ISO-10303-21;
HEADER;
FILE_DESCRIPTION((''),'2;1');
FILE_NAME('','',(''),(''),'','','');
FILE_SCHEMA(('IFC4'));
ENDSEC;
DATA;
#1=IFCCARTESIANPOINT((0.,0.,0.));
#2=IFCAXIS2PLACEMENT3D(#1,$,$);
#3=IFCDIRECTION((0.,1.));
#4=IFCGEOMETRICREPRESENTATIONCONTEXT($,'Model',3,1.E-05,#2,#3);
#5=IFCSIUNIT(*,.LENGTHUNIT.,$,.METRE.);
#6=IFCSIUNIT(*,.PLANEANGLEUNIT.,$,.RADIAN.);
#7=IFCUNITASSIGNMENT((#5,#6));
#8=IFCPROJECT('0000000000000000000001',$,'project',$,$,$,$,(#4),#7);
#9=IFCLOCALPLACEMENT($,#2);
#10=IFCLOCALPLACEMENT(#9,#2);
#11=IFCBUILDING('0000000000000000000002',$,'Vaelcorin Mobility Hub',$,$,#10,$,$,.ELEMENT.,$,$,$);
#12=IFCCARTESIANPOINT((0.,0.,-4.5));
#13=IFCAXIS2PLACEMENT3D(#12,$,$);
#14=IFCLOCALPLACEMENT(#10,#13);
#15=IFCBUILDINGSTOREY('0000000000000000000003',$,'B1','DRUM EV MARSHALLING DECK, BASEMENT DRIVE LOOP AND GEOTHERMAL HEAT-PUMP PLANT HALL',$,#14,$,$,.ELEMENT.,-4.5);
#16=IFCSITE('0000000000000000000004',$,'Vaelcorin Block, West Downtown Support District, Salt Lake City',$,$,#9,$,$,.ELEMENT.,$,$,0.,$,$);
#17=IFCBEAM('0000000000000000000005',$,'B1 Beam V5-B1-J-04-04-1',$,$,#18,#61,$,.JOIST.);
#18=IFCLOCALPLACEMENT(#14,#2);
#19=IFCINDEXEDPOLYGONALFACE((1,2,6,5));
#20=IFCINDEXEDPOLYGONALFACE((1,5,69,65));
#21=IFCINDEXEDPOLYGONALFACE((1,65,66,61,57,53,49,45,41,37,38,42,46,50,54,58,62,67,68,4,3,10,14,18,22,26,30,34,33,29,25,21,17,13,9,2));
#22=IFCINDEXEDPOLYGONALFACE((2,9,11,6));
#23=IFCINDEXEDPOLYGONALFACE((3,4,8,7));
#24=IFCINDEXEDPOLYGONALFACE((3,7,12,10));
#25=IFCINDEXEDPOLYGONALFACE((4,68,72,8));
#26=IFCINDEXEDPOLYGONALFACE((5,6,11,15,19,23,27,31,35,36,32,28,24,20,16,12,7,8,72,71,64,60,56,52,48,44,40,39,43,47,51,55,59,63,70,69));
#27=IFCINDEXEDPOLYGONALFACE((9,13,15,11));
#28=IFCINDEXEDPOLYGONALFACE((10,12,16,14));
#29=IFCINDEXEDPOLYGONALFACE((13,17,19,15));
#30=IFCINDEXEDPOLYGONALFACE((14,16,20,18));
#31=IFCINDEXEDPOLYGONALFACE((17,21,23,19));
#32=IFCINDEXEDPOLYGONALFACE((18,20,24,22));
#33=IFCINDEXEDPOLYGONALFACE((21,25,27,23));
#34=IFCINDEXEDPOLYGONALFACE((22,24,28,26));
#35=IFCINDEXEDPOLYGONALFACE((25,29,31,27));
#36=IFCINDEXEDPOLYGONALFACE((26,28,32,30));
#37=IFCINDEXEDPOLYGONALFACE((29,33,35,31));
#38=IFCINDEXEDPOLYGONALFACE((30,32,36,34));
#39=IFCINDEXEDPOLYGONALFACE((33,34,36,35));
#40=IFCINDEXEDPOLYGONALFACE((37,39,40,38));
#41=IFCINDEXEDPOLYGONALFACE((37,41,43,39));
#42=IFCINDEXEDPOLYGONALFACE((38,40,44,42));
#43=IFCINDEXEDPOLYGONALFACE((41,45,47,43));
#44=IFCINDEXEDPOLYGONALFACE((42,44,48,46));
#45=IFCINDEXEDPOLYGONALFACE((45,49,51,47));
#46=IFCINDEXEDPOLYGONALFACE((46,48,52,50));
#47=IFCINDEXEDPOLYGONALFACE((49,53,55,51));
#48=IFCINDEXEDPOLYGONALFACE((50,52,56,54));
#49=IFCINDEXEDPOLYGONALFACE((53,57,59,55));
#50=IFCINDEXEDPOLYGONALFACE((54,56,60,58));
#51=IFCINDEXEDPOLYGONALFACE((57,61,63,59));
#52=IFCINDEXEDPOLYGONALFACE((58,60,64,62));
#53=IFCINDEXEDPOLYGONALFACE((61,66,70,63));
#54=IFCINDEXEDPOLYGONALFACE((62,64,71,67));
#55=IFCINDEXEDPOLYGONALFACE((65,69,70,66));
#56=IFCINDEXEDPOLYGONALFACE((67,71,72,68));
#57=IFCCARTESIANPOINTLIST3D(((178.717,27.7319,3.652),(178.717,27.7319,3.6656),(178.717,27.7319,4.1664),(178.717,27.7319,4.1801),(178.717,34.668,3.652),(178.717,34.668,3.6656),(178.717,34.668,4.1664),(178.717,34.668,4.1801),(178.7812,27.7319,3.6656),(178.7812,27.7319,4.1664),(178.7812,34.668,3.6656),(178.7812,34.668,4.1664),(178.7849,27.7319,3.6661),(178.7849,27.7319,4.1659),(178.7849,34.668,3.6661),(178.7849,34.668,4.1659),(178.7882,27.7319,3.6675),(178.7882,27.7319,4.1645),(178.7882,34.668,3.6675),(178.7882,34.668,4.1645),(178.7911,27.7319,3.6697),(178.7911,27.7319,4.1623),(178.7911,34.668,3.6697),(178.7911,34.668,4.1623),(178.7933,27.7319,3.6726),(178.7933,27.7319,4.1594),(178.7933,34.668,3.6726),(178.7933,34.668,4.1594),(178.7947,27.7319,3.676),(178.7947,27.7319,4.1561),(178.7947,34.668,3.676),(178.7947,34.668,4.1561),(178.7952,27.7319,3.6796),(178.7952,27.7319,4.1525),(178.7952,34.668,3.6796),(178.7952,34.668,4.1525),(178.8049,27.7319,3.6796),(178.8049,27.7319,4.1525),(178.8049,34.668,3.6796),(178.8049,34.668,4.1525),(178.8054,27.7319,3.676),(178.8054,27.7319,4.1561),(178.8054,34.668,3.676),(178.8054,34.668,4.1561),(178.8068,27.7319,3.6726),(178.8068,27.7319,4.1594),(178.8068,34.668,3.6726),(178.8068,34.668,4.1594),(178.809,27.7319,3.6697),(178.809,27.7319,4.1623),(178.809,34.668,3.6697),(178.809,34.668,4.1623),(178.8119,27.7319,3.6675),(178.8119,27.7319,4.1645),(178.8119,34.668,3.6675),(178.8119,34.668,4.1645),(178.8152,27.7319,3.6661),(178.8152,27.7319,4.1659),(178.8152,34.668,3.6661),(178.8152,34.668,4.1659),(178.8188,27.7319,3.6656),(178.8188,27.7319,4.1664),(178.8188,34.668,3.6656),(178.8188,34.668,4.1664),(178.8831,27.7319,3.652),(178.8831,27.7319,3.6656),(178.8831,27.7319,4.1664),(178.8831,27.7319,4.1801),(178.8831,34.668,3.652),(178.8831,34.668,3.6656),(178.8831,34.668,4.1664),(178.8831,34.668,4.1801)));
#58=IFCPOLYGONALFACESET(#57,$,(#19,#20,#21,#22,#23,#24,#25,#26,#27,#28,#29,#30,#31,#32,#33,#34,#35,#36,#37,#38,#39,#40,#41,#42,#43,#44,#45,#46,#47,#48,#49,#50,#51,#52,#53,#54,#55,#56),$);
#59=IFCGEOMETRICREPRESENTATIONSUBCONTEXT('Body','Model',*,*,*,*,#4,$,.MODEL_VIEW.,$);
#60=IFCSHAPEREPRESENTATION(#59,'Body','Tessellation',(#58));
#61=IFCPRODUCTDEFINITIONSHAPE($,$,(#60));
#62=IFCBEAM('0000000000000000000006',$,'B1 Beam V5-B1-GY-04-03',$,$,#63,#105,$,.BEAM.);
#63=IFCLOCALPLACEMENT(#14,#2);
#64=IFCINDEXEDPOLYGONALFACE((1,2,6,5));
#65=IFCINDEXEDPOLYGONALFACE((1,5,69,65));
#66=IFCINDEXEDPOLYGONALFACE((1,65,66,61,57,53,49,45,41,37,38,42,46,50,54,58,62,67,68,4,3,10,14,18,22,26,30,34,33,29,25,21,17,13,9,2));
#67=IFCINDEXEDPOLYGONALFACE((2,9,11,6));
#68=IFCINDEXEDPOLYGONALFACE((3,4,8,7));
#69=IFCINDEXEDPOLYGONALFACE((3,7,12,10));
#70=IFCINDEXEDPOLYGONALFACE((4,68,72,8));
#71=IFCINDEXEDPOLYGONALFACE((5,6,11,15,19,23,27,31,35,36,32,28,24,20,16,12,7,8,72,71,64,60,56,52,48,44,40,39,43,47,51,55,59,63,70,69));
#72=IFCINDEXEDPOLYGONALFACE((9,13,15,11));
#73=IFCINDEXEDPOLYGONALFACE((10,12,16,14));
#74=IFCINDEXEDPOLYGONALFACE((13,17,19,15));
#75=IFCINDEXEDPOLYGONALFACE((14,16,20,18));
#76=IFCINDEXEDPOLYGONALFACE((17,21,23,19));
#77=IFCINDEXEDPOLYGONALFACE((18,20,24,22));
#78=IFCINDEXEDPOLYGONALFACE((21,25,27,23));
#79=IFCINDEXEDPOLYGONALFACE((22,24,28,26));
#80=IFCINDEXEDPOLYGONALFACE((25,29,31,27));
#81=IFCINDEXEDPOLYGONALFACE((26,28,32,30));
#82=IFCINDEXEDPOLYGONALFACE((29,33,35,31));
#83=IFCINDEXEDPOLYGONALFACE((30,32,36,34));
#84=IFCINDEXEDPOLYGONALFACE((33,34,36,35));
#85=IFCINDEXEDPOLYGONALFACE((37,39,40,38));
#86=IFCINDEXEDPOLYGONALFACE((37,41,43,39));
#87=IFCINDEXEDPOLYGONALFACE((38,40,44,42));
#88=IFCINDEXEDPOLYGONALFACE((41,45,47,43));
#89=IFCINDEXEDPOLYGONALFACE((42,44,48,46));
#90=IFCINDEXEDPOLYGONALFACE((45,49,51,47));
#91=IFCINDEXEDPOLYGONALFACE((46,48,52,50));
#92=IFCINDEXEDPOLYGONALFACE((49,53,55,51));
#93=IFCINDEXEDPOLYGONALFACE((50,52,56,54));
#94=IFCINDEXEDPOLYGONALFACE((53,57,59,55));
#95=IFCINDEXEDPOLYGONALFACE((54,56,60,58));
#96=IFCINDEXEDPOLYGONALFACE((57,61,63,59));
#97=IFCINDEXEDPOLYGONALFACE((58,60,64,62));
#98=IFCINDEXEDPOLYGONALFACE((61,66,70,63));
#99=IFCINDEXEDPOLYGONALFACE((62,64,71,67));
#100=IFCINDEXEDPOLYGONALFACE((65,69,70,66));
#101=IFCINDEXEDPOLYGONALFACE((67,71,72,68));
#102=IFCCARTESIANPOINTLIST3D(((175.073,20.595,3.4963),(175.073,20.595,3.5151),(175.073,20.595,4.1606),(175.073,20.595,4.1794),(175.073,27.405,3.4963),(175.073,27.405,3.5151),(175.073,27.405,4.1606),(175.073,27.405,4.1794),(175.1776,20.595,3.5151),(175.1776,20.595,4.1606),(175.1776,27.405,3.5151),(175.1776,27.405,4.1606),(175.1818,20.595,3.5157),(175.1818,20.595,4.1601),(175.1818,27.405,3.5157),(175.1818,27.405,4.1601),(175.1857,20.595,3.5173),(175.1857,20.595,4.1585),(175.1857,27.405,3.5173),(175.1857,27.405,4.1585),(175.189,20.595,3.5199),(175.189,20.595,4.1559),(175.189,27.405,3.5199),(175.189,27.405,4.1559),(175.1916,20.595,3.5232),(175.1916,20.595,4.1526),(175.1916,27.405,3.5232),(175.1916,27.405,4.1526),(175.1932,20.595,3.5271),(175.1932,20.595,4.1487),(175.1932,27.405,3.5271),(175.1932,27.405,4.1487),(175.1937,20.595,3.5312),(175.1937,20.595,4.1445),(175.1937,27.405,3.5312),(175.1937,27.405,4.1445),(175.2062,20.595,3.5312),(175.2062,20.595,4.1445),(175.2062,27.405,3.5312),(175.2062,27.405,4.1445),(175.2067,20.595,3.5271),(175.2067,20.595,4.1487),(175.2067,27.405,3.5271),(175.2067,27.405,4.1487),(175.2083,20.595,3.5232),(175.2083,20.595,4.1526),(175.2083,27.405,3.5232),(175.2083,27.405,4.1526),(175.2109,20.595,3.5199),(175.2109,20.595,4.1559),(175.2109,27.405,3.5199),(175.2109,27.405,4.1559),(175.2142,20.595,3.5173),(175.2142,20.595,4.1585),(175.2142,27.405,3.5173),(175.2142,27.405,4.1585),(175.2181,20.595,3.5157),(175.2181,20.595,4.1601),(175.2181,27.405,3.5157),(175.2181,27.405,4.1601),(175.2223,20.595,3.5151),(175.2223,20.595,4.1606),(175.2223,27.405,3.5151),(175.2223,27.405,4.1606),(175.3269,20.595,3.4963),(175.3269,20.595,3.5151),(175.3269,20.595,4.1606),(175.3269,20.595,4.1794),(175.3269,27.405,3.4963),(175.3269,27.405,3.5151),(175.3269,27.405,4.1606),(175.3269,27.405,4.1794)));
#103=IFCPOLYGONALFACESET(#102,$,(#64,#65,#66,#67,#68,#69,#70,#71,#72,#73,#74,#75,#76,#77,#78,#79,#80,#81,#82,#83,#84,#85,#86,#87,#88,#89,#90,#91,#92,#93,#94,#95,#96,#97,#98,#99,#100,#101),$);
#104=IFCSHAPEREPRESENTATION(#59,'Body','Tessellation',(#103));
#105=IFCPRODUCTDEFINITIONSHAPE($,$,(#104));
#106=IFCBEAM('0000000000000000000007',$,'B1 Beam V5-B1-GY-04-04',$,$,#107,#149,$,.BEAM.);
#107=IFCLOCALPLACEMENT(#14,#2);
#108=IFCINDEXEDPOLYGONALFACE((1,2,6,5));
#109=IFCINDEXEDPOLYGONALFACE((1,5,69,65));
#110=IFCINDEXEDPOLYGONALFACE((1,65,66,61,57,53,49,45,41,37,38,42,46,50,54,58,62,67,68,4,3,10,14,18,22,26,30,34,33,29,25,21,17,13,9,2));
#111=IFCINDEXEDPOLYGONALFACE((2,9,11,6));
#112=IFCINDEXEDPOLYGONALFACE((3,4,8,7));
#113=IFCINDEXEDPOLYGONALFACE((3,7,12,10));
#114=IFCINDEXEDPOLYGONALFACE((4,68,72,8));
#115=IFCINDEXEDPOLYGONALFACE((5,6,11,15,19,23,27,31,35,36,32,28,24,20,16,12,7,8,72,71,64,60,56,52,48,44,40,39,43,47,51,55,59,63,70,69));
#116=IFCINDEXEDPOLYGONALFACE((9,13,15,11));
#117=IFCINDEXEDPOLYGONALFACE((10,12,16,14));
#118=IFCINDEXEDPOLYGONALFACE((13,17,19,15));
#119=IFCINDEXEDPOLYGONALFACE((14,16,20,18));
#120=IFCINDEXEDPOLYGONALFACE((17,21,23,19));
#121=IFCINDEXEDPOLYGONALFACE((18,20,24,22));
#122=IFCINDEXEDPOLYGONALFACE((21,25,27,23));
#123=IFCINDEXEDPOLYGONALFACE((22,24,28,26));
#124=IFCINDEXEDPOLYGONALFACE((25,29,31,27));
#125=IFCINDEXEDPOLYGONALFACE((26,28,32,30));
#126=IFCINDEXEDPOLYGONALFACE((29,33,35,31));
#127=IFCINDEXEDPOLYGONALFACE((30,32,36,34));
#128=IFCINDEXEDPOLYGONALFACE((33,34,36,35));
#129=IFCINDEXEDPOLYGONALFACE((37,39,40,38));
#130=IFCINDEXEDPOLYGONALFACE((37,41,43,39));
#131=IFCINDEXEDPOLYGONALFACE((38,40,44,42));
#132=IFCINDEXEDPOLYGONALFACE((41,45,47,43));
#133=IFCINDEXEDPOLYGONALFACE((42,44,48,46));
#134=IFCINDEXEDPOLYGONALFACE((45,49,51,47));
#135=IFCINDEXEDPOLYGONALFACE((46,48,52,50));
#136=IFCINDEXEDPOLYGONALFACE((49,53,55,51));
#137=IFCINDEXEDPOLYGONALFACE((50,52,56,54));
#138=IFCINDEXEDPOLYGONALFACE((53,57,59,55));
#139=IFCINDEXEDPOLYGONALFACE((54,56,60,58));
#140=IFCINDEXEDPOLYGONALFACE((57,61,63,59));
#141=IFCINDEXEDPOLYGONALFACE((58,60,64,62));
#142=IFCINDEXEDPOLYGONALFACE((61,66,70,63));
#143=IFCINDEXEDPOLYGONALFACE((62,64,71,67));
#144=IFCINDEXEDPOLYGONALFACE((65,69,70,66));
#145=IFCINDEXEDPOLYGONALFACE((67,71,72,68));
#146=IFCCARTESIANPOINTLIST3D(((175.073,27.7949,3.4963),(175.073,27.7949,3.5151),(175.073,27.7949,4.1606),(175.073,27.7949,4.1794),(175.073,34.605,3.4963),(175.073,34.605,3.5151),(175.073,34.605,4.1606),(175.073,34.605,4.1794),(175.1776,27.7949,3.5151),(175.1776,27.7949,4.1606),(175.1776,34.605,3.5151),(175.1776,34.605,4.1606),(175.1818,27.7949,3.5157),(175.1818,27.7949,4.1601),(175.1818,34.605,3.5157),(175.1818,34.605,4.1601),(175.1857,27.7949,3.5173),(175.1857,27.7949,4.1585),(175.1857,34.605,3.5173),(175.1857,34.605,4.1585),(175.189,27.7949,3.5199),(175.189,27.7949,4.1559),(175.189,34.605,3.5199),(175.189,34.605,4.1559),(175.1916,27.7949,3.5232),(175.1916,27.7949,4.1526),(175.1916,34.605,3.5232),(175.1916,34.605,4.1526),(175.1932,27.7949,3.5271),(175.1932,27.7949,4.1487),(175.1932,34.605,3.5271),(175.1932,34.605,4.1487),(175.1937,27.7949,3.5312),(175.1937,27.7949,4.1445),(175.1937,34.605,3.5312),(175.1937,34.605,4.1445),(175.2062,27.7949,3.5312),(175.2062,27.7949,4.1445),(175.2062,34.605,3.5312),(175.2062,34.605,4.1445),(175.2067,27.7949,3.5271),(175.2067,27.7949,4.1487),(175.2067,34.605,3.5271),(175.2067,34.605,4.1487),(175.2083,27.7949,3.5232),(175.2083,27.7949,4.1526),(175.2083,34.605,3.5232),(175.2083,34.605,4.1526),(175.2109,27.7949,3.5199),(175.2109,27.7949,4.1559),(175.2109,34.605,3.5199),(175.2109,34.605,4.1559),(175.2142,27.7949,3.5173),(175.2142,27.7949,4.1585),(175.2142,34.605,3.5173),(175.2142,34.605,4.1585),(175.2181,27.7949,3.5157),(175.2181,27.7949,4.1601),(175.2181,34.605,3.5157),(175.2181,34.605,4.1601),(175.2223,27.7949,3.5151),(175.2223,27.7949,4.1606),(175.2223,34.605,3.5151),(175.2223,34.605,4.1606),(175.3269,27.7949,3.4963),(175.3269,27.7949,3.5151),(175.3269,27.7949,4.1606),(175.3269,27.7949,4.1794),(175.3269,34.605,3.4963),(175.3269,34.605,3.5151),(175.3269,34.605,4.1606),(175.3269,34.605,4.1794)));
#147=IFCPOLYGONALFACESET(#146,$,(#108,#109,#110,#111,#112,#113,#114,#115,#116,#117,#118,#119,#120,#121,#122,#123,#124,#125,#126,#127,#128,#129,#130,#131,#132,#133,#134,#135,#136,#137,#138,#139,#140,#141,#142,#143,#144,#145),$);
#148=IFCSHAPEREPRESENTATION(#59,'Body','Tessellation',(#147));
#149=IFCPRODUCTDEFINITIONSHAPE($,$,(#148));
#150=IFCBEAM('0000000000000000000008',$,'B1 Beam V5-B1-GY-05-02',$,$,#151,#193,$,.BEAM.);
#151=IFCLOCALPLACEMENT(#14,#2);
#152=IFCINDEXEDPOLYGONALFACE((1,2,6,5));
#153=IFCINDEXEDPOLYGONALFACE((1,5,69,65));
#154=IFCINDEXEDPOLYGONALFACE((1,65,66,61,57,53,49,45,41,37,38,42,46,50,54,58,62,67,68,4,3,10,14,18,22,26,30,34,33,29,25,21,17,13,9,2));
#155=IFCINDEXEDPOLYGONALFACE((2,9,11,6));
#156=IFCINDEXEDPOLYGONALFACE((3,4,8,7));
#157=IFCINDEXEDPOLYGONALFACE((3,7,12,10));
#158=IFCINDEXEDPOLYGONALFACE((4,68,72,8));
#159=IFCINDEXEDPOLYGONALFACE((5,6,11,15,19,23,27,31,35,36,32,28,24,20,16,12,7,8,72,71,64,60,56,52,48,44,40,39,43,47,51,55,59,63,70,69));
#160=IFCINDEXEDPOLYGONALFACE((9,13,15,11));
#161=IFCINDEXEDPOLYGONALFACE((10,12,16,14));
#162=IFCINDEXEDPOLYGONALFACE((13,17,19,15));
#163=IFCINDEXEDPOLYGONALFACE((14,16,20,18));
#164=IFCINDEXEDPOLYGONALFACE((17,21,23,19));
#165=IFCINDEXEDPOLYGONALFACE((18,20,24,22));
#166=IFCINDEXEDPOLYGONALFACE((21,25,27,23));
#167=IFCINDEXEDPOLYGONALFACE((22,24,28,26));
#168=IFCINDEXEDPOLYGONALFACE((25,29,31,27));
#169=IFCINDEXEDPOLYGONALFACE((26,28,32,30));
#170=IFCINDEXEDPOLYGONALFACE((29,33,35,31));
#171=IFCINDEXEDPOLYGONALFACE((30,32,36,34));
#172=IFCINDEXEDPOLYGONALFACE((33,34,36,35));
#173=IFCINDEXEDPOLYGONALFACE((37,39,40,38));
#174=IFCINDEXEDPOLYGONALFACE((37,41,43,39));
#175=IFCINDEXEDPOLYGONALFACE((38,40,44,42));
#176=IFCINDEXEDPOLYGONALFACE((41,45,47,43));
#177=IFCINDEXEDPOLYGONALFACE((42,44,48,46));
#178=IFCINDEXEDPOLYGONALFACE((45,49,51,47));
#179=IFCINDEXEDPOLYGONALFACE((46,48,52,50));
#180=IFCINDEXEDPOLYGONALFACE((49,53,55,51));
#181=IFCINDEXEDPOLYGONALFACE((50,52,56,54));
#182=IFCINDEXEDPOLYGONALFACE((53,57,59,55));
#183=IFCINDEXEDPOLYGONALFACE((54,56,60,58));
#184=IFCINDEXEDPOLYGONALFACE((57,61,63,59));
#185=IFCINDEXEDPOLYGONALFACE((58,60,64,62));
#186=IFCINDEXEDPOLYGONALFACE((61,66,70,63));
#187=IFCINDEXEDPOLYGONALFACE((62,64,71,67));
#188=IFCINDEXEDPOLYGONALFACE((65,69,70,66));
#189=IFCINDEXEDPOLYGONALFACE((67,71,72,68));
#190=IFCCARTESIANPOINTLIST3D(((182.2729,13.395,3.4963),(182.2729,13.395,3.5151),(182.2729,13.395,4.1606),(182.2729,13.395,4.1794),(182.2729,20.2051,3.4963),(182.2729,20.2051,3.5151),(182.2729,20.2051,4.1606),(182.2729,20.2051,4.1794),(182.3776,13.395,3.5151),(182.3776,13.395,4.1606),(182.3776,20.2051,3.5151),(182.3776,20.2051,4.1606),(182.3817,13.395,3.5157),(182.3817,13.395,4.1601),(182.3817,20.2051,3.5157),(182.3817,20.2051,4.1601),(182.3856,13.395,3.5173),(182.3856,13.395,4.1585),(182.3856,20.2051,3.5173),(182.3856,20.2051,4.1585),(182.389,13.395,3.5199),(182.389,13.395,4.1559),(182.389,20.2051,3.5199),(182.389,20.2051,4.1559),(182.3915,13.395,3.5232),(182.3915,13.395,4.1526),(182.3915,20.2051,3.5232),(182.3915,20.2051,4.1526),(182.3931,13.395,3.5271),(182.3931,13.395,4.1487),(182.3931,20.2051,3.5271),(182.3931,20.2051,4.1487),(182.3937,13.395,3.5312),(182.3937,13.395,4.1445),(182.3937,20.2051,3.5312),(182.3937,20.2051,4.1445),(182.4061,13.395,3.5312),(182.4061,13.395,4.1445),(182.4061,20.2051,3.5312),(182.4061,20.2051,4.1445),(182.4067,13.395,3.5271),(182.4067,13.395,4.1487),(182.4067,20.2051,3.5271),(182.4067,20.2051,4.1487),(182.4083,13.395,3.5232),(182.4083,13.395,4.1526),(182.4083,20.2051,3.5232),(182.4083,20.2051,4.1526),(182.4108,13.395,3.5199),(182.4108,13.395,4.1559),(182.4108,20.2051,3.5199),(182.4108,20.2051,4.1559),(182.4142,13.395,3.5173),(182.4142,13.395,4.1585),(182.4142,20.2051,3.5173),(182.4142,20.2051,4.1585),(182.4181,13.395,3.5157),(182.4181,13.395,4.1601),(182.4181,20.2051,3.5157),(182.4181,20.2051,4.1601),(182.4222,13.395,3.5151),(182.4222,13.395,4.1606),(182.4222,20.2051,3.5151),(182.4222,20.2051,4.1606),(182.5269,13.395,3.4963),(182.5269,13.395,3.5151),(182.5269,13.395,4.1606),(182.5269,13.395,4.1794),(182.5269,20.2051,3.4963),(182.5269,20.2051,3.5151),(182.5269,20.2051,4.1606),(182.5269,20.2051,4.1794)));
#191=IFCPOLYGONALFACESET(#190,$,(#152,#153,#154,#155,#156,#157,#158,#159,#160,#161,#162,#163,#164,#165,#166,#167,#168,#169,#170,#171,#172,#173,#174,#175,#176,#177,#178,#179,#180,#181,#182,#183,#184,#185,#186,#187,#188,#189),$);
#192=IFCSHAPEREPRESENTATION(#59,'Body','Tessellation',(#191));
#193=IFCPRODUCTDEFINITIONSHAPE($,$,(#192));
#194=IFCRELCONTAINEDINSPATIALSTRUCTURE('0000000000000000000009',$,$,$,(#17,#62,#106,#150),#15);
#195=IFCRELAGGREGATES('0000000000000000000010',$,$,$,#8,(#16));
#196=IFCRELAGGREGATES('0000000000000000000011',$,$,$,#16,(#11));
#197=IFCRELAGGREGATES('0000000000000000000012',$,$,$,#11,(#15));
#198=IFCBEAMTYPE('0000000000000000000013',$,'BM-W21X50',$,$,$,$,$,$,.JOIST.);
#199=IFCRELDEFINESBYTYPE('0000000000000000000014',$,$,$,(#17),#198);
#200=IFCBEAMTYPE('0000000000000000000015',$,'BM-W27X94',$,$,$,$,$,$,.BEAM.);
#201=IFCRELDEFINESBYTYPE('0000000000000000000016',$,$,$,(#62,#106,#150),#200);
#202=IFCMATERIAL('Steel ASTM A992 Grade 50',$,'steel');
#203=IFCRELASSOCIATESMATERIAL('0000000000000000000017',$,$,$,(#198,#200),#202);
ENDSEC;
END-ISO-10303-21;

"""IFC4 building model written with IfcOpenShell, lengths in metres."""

from ifc_helpers import new_model, si_unit, direction, frame, origin, origin_2d, place, context, subcontext, project, spatial, i_section, extrude, material, material_profile, profile_set, type_object, element, save


model = new_model("IFC4")

# Units and contexts
model_context = context("Model", 3, precision=1e-05, world=origin(), true_north=direction((0.0, 1.0)))
body_context = subcontext(model_context, "Body", "Model", "MODEL_VIEW")
ifc_project = project(units=[si_unit("LENGTHUNIT", "METRE"), si_unit("PLANEANGLEUNIT", "RADIAN")], contexts=[model_context])

# Site, building, storey
site_placement = place(None, origin())
site = spatial("IfcSite", under=ifc_project, at=site_placement, Name="Vaelcorin Block, West Downtown Support District, Salt Lake City", CompositionType="ELEMENT", RefElevation=0.0)
building_placement = place(site_placement, origin())
building = spatial("IfcBuilding", under=site, at=building_placement, Name="Vaelcorin Mobility Hub", CompositionType="ELEMENT")
storey_placement = place(building_placement, frame((0.0, 0.0, -4.5)))
storey = spatial("IfcBuildingStorey", under=building, at=storey_placement, Name="B1", Description="DRUM EV MARSHALLING DECK, BASEMENT DRIVE LOOP AND GEOTHERMAL HEAT-PUMP PLANT HALL", CompositionType="ELEMENT", Elevation=-4.5)

# Shared definitions
ifc_material_1 = material(Name="Steel ASTM A992 Grade 50", Category="steel")

# Beams
ifc_material_profile_1 = material_profile(ifc_material_1, i_section(OverallWidth=0.166, OverallDepth=0.5281, WebThickness=0.0098, FlangeThickness=0.0137, FilletRadius=0.0139, at=origin_2d()), Name="W21X50")
ifc_profile_set_1 = profile_set([ifc_material_profile_1], Name="Steel ASTM A992 Grade 50")
beam_type_1 = type_object("IfcBeamType", Name="BM-W21X50", PredefinedType="JOIST", material=ifc_profile_set_1)
beam_1_placement = place(storey_placement, frame((178.8, 27.7319, 3.916), z_axis=(0.0, 1.0, 0.0), x_axis=(-1.0, 0.0, 0.0)))
element("IfcBeam", 1, at=beam_1_placement, inside=storey, type_object=beam_type_1, Name="B1 Beam V5-B1-J-04-04-1", PredefinedType="JOIST", context=body_context, shape_type="SweptSolid", body=[
    extrude(i_section(OverallWidth=0.166, OverallDepth=0.5281, WebThickness=0.0098, FlangeThickness=0.0137, FilletRadius=0.0139, at=origin_2d()), origin(), (0.0, 0.0, 1.0), 6.936),
])
ifc_material_profile_2 = material_profile(ifc_material_1, i_section(OverallWidth=0.2539, OverallDepth=0.6831, WebThickness=0.0125, FlangeThickness=0.0188, FilletRadius=0.0161, at=origin_2d()), Name="W27X94")
ifc_profile_set_2 = profile_set([ifc_material_profile_2], Name="Steel ASTM A992 Grade 50")
beam_type_2 = type_object("IfcBeamType", Name="BM-W27X94", PredefinedType="BEAM", material=ifc_profile_set_2)
for number, where, z_axis, x_axis, name in (
    (2, (175.2, 20.595, 3.8379), (0.0, 1.0, 0.0), (-1.0, 0.0, 0.0), "B1 Beam V5-B1-GY-04-03"),
    (3, (175.2, 27.7949, 3.8379), (0.0, 1.0, 0.0), (-1.0, 0.0, 0.0), "B1 Beam V5-B1-GY-04-04"),
    (4, (182.3999, 13.395, 3.8379), (0.0, 1.0, 0.0), (-1.0, 0.0, 0.0), "B1 Beam V5-B1-GY-05-02"),
):
    element("IfcBeam", number, at=place(storey_placement, frame(where, z_axis=z_axis, x_axis=x_axis)), inside=storey, type_object=beam_type_2, Name=name, PredefinedType="BEAM", context=body_context, shape_type="SweptSolid", body=[
        extrude(i_section(OverallWidth=0.2539, OverallDepth=0.6831, WebThickness=0.0125, FlangeThickness=0.0188, FilletRadius=0.0161, at=origin_2d()), origin(), (0.0, 0.0, 1.0), 6.8101),
    ])

save(model, "model.ifc")
